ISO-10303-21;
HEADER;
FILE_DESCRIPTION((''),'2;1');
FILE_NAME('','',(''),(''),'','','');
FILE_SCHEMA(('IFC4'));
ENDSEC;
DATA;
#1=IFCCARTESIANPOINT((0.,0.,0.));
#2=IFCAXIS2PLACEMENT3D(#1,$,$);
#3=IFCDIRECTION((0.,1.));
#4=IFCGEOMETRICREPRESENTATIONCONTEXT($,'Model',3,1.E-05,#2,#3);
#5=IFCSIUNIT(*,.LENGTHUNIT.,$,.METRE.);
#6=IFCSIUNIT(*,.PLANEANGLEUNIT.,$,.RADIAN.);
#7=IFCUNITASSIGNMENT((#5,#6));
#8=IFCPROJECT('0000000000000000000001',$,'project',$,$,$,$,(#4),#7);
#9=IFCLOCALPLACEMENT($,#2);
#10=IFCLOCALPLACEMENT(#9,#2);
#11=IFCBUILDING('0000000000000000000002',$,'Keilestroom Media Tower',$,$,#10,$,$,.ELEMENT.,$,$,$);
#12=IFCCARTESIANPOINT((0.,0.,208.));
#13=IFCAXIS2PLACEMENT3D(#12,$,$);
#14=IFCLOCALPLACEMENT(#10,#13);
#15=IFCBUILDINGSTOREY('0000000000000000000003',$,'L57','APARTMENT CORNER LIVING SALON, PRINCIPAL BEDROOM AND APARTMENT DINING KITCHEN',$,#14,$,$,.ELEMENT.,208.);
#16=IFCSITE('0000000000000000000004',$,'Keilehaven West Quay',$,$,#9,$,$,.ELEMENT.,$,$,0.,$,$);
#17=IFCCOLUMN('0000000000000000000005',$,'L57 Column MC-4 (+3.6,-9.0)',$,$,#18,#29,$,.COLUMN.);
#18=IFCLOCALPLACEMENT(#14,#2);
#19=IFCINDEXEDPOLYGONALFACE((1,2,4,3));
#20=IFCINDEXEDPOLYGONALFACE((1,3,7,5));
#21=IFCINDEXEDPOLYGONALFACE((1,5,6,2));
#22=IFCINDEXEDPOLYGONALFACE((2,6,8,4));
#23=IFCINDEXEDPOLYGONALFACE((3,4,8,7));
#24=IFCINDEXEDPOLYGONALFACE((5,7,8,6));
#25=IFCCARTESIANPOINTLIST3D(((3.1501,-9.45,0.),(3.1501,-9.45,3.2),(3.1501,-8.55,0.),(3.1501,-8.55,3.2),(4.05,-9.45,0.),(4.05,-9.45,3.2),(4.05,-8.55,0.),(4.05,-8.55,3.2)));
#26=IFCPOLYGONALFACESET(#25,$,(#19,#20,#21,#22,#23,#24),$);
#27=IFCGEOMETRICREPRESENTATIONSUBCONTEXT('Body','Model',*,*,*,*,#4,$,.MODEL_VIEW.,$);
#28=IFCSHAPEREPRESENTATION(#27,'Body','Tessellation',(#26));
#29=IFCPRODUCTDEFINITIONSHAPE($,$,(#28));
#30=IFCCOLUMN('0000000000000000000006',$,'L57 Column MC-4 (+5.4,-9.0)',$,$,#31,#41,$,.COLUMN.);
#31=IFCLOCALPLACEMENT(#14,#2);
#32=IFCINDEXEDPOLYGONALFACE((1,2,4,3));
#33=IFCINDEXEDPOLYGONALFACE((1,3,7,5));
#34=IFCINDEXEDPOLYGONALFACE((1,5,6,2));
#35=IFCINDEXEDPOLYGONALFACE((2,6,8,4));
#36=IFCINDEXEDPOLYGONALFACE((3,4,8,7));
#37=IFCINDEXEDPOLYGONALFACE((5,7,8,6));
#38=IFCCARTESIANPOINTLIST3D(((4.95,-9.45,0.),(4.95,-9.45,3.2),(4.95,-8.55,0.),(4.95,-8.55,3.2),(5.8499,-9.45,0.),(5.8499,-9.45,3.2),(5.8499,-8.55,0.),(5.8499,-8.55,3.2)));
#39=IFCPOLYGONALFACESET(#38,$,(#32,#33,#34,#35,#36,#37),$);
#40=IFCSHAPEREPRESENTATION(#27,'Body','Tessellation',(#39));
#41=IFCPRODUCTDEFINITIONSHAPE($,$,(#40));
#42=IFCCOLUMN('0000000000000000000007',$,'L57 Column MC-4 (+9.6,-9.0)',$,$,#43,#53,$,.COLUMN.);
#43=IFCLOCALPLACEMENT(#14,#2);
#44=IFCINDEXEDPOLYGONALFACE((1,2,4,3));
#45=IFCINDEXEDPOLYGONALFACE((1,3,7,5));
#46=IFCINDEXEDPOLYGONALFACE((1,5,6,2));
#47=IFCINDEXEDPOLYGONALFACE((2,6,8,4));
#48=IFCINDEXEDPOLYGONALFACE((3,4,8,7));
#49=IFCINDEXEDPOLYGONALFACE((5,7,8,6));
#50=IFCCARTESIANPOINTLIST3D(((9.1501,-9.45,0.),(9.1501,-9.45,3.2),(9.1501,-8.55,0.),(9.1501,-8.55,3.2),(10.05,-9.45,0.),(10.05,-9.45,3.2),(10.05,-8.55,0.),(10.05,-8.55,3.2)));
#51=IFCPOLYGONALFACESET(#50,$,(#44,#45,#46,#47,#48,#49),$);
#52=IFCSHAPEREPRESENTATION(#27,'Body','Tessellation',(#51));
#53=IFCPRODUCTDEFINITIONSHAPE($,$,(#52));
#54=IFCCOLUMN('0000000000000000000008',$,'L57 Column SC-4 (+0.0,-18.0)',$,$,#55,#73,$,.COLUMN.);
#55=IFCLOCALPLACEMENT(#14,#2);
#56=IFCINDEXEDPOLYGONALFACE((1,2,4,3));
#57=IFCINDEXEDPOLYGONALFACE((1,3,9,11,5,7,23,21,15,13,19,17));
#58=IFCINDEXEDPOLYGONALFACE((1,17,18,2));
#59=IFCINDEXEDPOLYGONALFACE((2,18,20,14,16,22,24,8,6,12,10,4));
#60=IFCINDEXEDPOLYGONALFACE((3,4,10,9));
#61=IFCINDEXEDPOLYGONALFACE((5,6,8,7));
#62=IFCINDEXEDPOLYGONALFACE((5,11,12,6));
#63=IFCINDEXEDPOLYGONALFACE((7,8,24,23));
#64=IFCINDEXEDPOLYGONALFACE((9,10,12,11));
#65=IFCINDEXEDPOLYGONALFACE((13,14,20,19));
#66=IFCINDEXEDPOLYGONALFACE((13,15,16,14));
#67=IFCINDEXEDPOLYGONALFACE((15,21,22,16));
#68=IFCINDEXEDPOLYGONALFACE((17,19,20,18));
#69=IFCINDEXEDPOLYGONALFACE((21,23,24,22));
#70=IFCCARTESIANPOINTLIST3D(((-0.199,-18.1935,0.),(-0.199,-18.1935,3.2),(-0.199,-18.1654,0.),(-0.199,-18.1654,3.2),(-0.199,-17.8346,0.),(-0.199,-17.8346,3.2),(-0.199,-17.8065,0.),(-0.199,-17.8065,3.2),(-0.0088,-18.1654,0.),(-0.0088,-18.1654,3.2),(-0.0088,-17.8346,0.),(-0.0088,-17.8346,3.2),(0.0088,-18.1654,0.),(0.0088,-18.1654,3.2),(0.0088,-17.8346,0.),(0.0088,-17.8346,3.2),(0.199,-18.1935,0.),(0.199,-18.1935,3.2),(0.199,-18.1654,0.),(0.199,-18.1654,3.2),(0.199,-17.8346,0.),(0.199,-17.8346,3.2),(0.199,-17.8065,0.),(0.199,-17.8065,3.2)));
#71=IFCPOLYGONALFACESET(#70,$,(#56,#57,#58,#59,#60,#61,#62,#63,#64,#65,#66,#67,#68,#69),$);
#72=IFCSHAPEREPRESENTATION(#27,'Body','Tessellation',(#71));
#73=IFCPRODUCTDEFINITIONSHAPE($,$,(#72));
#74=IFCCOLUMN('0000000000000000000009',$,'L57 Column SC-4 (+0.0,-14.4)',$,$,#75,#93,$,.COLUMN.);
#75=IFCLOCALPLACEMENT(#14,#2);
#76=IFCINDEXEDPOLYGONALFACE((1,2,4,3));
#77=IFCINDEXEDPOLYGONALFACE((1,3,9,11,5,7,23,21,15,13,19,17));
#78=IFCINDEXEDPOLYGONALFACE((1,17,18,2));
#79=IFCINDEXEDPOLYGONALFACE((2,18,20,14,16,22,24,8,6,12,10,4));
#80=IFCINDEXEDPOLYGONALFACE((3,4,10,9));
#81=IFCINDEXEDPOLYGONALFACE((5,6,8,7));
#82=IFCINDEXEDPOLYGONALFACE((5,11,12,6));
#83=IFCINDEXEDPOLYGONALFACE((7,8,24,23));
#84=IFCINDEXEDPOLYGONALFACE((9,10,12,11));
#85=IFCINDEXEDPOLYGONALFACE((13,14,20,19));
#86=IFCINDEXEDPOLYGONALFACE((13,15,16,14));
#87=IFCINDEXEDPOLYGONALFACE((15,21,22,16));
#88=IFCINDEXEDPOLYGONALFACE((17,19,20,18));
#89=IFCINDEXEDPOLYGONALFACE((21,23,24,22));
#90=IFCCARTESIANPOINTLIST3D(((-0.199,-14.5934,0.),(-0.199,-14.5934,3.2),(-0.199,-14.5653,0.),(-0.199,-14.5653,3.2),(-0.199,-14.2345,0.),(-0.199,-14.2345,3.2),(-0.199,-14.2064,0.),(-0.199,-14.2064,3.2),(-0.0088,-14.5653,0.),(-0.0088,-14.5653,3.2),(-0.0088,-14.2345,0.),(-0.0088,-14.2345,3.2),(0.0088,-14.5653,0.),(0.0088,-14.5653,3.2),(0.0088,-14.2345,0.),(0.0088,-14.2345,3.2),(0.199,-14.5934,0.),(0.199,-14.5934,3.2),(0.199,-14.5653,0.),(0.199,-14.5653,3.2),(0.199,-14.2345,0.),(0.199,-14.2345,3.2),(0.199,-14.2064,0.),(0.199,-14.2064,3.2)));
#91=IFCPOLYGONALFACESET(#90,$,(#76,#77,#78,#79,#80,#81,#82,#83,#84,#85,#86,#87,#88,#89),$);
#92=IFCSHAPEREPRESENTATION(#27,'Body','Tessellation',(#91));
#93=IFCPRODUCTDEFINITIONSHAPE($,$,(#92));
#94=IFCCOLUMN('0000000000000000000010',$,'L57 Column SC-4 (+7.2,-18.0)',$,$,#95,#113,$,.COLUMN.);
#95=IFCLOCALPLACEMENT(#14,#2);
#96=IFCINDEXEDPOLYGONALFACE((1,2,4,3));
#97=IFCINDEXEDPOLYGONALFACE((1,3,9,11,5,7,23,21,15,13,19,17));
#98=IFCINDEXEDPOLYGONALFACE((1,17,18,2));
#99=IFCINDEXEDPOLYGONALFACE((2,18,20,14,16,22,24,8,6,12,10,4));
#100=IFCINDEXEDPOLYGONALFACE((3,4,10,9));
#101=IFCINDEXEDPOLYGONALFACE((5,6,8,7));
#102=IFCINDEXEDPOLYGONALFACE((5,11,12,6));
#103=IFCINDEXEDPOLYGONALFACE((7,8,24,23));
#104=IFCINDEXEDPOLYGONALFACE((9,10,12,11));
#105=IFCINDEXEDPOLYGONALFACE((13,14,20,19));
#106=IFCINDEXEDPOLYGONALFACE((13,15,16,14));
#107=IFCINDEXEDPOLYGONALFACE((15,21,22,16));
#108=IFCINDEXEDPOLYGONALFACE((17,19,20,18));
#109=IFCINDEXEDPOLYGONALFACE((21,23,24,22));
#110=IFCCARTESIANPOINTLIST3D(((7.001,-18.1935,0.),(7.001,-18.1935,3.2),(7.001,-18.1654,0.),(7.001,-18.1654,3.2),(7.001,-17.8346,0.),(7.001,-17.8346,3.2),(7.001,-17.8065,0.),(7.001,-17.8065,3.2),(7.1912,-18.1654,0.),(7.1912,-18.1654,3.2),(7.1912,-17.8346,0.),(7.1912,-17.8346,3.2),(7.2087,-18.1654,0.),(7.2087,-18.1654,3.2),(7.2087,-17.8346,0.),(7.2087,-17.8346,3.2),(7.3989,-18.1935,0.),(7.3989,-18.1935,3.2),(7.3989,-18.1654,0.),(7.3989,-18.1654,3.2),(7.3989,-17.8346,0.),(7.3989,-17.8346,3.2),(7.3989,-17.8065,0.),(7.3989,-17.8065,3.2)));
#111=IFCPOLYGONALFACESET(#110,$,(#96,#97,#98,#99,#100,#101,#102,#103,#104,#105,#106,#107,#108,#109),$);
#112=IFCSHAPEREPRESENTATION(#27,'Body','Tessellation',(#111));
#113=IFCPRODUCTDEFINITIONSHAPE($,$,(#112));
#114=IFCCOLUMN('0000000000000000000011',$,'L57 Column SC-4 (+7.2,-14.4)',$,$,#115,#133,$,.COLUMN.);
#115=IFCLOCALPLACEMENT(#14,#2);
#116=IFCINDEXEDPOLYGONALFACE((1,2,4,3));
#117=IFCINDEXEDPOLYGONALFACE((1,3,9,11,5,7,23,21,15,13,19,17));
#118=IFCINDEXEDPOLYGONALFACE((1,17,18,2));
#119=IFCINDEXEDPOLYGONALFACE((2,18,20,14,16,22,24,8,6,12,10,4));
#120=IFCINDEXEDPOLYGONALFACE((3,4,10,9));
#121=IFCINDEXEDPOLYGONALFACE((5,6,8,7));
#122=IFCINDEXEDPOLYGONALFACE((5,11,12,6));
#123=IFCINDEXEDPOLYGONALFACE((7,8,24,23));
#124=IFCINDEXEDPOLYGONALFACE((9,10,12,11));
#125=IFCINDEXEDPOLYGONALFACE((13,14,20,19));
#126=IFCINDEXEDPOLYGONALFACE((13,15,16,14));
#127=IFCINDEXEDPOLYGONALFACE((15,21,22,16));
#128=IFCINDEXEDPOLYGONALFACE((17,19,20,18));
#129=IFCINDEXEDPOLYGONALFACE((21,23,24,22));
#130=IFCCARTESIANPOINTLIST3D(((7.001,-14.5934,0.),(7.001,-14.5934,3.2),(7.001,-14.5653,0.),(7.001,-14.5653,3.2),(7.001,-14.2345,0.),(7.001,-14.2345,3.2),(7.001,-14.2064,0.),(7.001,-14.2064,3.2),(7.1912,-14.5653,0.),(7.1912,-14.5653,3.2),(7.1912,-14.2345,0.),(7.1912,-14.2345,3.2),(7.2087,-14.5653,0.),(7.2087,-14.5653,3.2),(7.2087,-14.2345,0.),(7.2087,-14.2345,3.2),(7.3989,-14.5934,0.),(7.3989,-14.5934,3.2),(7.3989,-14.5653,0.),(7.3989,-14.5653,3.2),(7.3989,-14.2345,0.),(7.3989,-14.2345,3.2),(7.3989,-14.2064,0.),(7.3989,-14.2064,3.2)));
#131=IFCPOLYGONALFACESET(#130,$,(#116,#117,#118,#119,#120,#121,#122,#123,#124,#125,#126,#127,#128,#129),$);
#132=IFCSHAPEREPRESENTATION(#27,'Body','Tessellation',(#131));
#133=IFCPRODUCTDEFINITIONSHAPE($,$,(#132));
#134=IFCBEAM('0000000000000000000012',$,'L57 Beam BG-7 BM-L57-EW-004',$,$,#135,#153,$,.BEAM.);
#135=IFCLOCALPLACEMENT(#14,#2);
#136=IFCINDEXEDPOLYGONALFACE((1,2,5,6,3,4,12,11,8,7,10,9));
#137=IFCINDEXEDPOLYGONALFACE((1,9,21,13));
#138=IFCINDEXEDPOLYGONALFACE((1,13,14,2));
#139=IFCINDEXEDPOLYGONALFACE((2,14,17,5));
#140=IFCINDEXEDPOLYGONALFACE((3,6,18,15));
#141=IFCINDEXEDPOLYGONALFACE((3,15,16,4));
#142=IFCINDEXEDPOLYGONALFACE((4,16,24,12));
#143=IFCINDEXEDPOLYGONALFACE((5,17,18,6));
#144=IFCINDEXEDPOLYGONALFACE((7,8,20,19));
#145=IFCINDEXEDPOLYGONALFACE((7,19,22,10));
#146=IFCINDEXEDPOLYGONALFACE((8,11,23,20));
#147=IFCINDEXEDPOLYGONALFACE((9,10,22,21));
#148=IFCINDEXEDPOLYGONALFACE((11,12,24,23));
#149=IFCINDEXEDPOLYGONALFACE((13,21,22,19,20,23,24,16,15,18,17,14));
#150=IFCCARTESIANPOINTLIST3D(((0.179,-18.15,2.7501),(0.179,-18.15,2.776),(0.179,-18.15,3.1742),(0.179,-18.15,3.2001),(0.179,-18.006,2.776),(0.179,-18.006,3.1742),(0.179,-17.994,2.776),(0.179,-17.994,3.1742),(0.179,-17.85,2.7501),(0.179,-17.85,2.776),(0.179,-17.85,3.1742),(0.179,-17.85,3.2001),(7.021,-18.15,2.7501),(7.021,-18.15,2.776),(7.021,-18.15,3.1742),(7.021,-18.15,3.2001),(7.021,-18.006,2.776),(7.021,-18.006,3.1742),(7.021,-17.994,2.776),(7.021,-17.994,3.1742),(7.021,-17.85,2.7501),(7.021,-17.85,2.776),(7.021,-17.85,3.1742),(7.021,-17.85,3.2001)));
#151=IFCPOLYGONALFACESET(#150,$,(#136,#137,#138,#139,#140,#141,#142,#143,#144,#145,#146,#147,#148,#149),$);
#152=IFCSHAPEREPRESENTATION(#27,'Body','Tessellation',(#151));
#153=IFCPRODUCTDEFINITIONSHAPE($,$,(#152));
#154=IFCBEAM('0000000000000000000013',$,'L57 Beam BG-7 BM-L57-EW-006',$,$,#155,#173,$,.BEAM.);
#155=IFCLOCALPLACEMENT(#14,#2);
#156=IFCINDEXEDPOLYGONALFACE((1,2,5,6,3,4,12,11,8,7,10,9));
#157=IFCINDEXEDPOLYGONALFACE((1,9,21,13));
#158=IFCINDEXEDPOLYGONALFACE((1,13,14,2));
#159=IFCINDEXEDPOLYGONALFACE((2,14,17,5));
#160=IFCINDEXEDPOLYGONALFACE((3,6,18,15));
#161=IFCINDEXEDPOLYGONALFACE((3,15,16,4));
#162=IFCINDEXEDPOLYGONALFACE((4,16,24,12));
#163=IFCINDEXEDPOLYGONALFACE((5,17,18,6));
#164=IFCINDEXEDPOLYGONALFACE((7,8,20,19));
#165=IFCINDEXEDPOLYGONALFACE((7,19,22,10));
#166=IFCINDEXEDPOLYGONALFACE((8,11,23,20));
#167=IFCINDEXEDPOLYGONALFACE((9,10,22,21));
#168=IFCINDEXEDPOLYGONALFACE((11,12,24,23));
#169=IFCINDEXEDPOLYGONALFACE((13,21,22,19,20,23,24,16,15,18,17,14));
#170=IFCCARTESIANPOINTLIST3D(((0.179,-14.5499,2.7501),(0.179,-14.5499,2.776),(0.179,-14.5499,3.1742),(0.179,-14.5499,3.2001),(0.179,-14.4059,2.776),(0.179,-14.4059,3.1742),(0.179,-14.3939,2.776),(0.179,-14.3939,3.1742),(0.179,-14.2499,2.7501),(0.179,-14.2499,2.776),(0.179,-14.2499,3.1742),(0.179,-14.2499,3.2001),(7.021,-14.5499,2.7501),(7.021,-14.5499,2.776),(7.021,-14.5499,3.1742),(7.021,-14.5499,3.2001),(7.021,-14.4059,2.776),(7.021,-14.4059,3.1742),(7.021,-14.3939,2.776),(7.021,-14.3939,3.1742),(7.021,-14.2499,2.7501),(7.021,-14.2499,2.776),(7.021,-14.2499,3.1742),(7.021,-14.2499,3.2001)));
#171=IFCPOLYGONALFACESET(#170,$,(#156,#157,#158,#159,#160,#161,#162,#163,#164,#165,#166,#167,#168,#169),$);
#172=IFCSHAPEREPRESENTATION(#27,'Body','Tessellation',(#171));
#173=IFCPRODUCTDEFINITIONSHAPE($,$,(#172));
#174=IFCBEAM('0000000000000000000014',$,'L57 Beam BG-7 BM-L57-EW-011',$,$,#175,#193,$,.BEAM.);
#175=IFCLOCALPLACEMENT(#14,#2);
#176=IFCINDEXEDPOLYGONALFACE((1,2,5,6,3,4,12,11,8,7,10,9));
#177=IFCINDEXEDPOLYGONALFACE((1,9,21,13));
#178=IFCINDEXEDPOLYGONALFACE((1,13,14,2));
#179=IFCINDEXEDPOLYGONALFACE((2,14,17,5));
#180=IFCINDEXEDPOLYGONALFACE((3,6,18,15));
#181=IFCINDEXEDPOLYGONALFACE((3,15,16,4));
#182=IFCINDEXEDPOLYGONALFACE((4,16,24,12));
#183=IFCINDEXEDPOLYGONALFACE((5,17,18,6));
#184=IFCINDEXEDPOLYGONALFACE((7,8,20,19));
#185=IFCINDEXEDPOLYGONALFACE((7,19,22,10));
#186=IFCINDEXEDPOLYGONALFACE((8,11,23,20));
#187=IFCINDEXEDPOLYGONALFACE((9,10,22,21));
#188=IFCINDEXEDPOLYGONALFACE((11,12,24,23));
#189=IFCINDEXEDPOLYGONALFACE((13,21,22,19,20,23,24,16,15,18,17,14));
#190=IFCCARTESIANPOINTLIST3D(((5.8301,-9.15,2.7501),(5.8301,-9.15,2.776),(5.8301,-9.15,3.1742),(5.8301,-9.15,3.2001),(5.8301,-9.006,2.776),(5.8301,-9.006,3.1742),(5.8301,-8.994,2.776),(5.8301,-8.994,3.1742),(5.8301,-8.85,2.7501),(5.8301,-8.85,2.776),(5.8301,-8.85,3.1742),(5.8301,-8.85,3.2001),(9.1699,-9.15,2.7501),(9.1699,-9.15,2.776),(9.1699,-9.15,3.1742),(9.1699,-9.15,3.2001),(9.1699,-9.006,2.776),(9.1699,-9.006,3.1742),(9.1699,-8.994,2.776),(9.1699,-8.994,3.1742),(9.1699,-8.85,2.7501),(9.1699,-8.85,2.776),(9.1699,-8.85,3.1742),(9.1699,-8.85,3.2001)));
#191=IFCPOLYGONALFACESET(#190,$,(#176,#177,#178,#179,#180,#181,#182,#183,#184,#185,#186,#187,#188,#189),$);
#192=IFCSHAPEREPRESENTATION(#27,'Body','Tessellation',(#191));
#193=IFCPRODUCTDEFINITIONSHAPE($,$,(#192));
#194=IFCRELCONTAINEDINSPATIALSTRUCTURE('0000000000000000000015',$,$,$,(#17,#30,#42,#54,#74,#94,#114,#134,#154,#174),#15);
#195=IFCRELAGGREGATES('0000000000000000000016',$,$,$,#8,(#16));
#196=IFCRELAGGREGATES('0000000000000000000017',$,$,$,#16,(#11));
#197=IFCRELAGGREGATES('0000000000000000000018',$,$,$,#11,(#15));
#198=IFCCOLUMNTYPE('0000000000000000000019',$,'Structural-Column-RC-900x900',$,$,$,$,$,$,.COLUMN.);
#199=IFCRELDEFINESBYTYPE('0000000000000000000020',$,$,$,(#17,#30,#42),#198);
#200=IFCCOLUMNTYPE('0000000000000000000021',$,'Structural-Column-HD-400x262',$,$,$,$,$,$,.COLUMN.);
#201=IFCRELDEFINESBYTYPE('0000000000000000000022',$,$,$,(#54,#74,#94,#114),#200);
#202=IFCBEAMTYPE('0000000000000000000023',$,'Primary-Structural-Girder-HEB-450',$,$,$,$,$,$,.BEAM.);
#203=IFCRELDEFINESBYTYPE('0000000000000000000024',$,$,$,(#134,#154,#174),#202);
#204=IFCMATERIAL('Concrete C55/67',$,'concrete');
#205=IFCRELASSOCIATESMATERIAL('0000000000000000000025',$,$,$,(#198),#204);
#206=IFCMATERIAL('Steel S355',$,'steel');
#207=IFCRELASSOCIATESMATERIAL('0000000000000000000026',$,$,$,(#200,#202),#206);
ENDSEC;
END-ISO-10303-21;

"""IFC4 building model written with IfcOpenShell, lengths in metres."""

from ifc_helpers import new_model, si_unit, direction, frame, origin, origin_2d, place, context, subcontext, project, spatial, rectangle, i_section, extrude, source, transform, mapped, material, material_profile, profile_set, type_object, element, save


model = new_model("IFC4")

# Units and contexts
model_context = context("Model", 3, precision=1e-05, world=origin(), true_north=direction((0.0, 1.0)))
body_context = subcontext(model_context, "Body", "Model", "MODEL_VIEW")
ifc_project = project(units=[si_unit("LENGTHUNIT", "METRE"), si_unit("PLANEANGLEUNIT", "RADIAN")], contexts=[model_context])

# Site, building, storey
site_placement = place(None, origin())
site = spatial("IfcSite", under=ifc_project, at=site_placement, Name="Keilehaven West Quay", CompositionType="ELEMENT", RefElevation=0.0)
building_placement = place(site_placement, origin())
building = spatial("IfcBuilding", under=site, at=building_placement, Name="Keilestroom Media Tower", CompositionType="ELEMENT")
storey_placement = place(building_placement, frame((0.0, 0.0, 208.0)))
storey = spatial("IfcBuildingStorey", under=building, at=storey_placement, Name="L57", Description="APARTMENT CORNER LIVING SALON, PRINCIPAL BEDROOM AND APARTMENT DINING KITCHEN", CompositionType="ELEMENT", Elevation=208.0)

# Columns
ifc_material_1 = material(Name="Concrete C55/67", Category="concrete")
ifc_material_profile_1 = material_profile(ifc_material_1, rectangle(XDim=0.8999, YDim=0.8999, at=origin_2d()), Name="RC 900x900")
ifc_profile_set_1 = profile_set([ifc_material_profile_1], Name="Concrete C55/67")
column_type_1 = type_object("IfcColumnType", Name="Structural-Column-RC-900x900", PredefinedType="COLUMN", material=ifc_profile_set_1)
shared_shape_1 = source(origin(), body_context, "Body", "SweptSolid", [
    extrude(rectangle(XDim=0.8999, YDim=0.8999, at=origin_2d()), origin(), (0.0, 0.0, 1.0), 3.2),
])
for number, where, z_axis, x_axis, name in (
    (1, (3.6001, -9.0, 0.0), (0.0, 0.0, 1.0), (1.0, 0.0, 0.0), "L57 Column MC-4 (+3.6,-9.0)"),
    (2, (5.3999, -9.0, 0.0), (0.0, 0.0, 1.0), (1.0, 0.0, 0.0), "L57 Column MC-4 (+5.4,-9.0)"),
    (3, (9.6001, -9.0, 0.0), (0.0, 0.0, 1.0), (1.0, 0.0, 0.0), "L57 Column MC-4 (+9.6,-9.0)"),
):
    element("IfcColumn", number, at=place(storey_placement, frame(where, z_axis=z_axis, x_axis=x_axis)), inside=storey, type_object=column_type_1, Name=name, PredefinedType="COLUMN", context=body_context, shape_type="MappedRepresentation", body=[
        mapped(shared_shape_1, transform((0.0, 0.0, 0.0), x_axis=(1.0, 0.0, 0.0), y_axis=(0.0, 1.0, 0.0), z_axis=(0.0, 0.0, 1.0), scale=1.0)),
    ])
ifc_material_2 = material(Name="Steel S355", Category="steel")
ifc_material_profile_2 = material_profile(ifc_material_2, i_section(OverallWidth=0.3979, OverallDepth=0.387, WebThickness=0.0176, FlangeThickness=0.0281, at=origin_2d()), Name="HD 400x262")
ifc_profile_set_2 = profile_set([ifc_material_profile_2], Name="Steel S355")
column_type_2 = type_object("IfcColumnType", Name="Structural-Column-HD-400x262", PredefinedType="COLUMN", material=ifc_profile_set_2)
shared_shape_2 = source(origin(), body_context, "Body", "SweptSolid", [
    extrude(i_section(OverallWidth=0.3979, OverallDepth=0.387, WebThickness=0.0176, FlangeThickness=0.0281, at=origin_2d()), origin(), (0.0, 0.0, 1.0), 3.2),
])
for number, where, z_axis, x_axis, name in (
    (4, (0.0, -18.0, 0.0), (0.0, 0.0, 1.0), (1.0, 0.0, 0.0), "L57 Column SC-4 (+0.0,-18.0)"),
    (5, (0.0, -14.3999, 0.0), (0.0, 0.0, 1.0), (1.0, 0.0, 0.0), "L57 Column SC-4 (+0.0,-14.4)"),
    (6, (7.2, -18.0, 0.0), (0.0, 0.0, 1.0), (1.0, 0.0, 0.0), "L57 Column SC-4 (+7.2,-18.0)"),
    (7, (7.2, -14.3999, 0.0), (0.0, 0.0, 1.0), (1.0, 0.0, 0.0), "L57 Column SC-4 (+7.2,-14.4)"),
):
    element("IfcColumn", number, at=place(storey_placement, frame(where, z_axis=z_axis, x_axis=x_axis)), inside=storey, type_object=column_type_2, Name=name, PredefinedType="COLUMN", context=body_context, shape_type="MappedRepresentation", body=[
        mapped(shared_shape_2, transform((0.0, 0.0, 0.0), x_axis=(1.0, 0.0, 0.0), y_axis=(0.0, 1.0, 0.0), z_axis=(0.0, 0.0, 1.0), scale=1.0)),
    ])

# Beams
ifc_material_profile_3 = material_profile(ifc_material_2, i_section(OverallWidth=0.3, OverallDepth=0.45, WebThickness=0.012, FlangeThickness=0.0259, at=origin_2d()), Name="HEB 450")
ifc_profile_set_3 = profile_set([ifc_material_profile_3], Name="Steel S355")
beam_type_1 = type_object("IfcBeamType", Name="Primary-Structural-Girder-HEB-450", PredefinedType="BEAM", material=ifc_profile_set_3)
shared_shape_3 = source(origin(), body_context, "Body", "SweptSolid", [
    extrude(i_section(OverallWidth=0.3, OverallDepth=0.45, WebThickness=0.012, FlangeThickness=0.0259, at=origin_2d()), origin(), (0.0, 0.0, 1.0), 6.842),
])
for number, where, z_axis, x_axis, name in (
    (8, (0.179, -18.0, 2.9751), (1.0, 0.0, 0.0), (0.0, 1.0, 0.0), "L57 Beam BG-7 BM-L57-EW-004"),
    (9, (0.179, -14.3999, 2.9751), (1.0, 0.0, 0.0), (0.0, 1.0, 0.0), "L57 Beam BG-7 BM-L57-EW-006"),
):
    element("IfcBeam", number, at=place(storey_placement, frame(where, z_axis=z_axis, x_axis=x_axis)), inside=storey, type_object=beam_type_1, Name=name, PredefinedType="BEAM", context=body_context, shape_type="MappedRepresentation", body=[
        mapped(shared_shape_3, transform((0.0, 0.0, 0.0), x_axis=(1.0, 0.0, 0.0), y_axis=(0.0, 1.0, 0.0), z_axis=(0.0, 0.0, 1.0), scale=1.0)),
    ])
shared_shape_4 = source(origin(), body_context, "Body", "SweptSolid", [
    extrude(i_section(OverallWidth=0.3, OverallDepth=0.45, WebThickness=0.012, FlangeThickness=0.0259, at=origin_2d()), origin(), (0.0, 0.0, 1.0), 3.3398),
])
beam_1_placement = place(storey_placement, frame((5.8301, -9.0, 2.9751), z_axis=(1.0, 0.0, 0.0), x_axis=(0.0, 1.0, 0.0)))
element("IfcBeam", 10, at=beam_1_placement, inside=storey, type_object=beam_type_1, Name="L57 Beam BG-7 BM-L57-EW-011", PredefinedType="BEAM", context=body_context, shape_type="MappedRepresentation", body=[
    mapped(shared_shape_4, transform((0.0, 0.0, 0.0), x_axis=(1.0, 0.0, 0.0), y_axis=(0.0, 1.0, 0.0), z_axis=(0.0, 0.0, 1.0), scale=1.0)),
])

save(model, "model.ifc")
